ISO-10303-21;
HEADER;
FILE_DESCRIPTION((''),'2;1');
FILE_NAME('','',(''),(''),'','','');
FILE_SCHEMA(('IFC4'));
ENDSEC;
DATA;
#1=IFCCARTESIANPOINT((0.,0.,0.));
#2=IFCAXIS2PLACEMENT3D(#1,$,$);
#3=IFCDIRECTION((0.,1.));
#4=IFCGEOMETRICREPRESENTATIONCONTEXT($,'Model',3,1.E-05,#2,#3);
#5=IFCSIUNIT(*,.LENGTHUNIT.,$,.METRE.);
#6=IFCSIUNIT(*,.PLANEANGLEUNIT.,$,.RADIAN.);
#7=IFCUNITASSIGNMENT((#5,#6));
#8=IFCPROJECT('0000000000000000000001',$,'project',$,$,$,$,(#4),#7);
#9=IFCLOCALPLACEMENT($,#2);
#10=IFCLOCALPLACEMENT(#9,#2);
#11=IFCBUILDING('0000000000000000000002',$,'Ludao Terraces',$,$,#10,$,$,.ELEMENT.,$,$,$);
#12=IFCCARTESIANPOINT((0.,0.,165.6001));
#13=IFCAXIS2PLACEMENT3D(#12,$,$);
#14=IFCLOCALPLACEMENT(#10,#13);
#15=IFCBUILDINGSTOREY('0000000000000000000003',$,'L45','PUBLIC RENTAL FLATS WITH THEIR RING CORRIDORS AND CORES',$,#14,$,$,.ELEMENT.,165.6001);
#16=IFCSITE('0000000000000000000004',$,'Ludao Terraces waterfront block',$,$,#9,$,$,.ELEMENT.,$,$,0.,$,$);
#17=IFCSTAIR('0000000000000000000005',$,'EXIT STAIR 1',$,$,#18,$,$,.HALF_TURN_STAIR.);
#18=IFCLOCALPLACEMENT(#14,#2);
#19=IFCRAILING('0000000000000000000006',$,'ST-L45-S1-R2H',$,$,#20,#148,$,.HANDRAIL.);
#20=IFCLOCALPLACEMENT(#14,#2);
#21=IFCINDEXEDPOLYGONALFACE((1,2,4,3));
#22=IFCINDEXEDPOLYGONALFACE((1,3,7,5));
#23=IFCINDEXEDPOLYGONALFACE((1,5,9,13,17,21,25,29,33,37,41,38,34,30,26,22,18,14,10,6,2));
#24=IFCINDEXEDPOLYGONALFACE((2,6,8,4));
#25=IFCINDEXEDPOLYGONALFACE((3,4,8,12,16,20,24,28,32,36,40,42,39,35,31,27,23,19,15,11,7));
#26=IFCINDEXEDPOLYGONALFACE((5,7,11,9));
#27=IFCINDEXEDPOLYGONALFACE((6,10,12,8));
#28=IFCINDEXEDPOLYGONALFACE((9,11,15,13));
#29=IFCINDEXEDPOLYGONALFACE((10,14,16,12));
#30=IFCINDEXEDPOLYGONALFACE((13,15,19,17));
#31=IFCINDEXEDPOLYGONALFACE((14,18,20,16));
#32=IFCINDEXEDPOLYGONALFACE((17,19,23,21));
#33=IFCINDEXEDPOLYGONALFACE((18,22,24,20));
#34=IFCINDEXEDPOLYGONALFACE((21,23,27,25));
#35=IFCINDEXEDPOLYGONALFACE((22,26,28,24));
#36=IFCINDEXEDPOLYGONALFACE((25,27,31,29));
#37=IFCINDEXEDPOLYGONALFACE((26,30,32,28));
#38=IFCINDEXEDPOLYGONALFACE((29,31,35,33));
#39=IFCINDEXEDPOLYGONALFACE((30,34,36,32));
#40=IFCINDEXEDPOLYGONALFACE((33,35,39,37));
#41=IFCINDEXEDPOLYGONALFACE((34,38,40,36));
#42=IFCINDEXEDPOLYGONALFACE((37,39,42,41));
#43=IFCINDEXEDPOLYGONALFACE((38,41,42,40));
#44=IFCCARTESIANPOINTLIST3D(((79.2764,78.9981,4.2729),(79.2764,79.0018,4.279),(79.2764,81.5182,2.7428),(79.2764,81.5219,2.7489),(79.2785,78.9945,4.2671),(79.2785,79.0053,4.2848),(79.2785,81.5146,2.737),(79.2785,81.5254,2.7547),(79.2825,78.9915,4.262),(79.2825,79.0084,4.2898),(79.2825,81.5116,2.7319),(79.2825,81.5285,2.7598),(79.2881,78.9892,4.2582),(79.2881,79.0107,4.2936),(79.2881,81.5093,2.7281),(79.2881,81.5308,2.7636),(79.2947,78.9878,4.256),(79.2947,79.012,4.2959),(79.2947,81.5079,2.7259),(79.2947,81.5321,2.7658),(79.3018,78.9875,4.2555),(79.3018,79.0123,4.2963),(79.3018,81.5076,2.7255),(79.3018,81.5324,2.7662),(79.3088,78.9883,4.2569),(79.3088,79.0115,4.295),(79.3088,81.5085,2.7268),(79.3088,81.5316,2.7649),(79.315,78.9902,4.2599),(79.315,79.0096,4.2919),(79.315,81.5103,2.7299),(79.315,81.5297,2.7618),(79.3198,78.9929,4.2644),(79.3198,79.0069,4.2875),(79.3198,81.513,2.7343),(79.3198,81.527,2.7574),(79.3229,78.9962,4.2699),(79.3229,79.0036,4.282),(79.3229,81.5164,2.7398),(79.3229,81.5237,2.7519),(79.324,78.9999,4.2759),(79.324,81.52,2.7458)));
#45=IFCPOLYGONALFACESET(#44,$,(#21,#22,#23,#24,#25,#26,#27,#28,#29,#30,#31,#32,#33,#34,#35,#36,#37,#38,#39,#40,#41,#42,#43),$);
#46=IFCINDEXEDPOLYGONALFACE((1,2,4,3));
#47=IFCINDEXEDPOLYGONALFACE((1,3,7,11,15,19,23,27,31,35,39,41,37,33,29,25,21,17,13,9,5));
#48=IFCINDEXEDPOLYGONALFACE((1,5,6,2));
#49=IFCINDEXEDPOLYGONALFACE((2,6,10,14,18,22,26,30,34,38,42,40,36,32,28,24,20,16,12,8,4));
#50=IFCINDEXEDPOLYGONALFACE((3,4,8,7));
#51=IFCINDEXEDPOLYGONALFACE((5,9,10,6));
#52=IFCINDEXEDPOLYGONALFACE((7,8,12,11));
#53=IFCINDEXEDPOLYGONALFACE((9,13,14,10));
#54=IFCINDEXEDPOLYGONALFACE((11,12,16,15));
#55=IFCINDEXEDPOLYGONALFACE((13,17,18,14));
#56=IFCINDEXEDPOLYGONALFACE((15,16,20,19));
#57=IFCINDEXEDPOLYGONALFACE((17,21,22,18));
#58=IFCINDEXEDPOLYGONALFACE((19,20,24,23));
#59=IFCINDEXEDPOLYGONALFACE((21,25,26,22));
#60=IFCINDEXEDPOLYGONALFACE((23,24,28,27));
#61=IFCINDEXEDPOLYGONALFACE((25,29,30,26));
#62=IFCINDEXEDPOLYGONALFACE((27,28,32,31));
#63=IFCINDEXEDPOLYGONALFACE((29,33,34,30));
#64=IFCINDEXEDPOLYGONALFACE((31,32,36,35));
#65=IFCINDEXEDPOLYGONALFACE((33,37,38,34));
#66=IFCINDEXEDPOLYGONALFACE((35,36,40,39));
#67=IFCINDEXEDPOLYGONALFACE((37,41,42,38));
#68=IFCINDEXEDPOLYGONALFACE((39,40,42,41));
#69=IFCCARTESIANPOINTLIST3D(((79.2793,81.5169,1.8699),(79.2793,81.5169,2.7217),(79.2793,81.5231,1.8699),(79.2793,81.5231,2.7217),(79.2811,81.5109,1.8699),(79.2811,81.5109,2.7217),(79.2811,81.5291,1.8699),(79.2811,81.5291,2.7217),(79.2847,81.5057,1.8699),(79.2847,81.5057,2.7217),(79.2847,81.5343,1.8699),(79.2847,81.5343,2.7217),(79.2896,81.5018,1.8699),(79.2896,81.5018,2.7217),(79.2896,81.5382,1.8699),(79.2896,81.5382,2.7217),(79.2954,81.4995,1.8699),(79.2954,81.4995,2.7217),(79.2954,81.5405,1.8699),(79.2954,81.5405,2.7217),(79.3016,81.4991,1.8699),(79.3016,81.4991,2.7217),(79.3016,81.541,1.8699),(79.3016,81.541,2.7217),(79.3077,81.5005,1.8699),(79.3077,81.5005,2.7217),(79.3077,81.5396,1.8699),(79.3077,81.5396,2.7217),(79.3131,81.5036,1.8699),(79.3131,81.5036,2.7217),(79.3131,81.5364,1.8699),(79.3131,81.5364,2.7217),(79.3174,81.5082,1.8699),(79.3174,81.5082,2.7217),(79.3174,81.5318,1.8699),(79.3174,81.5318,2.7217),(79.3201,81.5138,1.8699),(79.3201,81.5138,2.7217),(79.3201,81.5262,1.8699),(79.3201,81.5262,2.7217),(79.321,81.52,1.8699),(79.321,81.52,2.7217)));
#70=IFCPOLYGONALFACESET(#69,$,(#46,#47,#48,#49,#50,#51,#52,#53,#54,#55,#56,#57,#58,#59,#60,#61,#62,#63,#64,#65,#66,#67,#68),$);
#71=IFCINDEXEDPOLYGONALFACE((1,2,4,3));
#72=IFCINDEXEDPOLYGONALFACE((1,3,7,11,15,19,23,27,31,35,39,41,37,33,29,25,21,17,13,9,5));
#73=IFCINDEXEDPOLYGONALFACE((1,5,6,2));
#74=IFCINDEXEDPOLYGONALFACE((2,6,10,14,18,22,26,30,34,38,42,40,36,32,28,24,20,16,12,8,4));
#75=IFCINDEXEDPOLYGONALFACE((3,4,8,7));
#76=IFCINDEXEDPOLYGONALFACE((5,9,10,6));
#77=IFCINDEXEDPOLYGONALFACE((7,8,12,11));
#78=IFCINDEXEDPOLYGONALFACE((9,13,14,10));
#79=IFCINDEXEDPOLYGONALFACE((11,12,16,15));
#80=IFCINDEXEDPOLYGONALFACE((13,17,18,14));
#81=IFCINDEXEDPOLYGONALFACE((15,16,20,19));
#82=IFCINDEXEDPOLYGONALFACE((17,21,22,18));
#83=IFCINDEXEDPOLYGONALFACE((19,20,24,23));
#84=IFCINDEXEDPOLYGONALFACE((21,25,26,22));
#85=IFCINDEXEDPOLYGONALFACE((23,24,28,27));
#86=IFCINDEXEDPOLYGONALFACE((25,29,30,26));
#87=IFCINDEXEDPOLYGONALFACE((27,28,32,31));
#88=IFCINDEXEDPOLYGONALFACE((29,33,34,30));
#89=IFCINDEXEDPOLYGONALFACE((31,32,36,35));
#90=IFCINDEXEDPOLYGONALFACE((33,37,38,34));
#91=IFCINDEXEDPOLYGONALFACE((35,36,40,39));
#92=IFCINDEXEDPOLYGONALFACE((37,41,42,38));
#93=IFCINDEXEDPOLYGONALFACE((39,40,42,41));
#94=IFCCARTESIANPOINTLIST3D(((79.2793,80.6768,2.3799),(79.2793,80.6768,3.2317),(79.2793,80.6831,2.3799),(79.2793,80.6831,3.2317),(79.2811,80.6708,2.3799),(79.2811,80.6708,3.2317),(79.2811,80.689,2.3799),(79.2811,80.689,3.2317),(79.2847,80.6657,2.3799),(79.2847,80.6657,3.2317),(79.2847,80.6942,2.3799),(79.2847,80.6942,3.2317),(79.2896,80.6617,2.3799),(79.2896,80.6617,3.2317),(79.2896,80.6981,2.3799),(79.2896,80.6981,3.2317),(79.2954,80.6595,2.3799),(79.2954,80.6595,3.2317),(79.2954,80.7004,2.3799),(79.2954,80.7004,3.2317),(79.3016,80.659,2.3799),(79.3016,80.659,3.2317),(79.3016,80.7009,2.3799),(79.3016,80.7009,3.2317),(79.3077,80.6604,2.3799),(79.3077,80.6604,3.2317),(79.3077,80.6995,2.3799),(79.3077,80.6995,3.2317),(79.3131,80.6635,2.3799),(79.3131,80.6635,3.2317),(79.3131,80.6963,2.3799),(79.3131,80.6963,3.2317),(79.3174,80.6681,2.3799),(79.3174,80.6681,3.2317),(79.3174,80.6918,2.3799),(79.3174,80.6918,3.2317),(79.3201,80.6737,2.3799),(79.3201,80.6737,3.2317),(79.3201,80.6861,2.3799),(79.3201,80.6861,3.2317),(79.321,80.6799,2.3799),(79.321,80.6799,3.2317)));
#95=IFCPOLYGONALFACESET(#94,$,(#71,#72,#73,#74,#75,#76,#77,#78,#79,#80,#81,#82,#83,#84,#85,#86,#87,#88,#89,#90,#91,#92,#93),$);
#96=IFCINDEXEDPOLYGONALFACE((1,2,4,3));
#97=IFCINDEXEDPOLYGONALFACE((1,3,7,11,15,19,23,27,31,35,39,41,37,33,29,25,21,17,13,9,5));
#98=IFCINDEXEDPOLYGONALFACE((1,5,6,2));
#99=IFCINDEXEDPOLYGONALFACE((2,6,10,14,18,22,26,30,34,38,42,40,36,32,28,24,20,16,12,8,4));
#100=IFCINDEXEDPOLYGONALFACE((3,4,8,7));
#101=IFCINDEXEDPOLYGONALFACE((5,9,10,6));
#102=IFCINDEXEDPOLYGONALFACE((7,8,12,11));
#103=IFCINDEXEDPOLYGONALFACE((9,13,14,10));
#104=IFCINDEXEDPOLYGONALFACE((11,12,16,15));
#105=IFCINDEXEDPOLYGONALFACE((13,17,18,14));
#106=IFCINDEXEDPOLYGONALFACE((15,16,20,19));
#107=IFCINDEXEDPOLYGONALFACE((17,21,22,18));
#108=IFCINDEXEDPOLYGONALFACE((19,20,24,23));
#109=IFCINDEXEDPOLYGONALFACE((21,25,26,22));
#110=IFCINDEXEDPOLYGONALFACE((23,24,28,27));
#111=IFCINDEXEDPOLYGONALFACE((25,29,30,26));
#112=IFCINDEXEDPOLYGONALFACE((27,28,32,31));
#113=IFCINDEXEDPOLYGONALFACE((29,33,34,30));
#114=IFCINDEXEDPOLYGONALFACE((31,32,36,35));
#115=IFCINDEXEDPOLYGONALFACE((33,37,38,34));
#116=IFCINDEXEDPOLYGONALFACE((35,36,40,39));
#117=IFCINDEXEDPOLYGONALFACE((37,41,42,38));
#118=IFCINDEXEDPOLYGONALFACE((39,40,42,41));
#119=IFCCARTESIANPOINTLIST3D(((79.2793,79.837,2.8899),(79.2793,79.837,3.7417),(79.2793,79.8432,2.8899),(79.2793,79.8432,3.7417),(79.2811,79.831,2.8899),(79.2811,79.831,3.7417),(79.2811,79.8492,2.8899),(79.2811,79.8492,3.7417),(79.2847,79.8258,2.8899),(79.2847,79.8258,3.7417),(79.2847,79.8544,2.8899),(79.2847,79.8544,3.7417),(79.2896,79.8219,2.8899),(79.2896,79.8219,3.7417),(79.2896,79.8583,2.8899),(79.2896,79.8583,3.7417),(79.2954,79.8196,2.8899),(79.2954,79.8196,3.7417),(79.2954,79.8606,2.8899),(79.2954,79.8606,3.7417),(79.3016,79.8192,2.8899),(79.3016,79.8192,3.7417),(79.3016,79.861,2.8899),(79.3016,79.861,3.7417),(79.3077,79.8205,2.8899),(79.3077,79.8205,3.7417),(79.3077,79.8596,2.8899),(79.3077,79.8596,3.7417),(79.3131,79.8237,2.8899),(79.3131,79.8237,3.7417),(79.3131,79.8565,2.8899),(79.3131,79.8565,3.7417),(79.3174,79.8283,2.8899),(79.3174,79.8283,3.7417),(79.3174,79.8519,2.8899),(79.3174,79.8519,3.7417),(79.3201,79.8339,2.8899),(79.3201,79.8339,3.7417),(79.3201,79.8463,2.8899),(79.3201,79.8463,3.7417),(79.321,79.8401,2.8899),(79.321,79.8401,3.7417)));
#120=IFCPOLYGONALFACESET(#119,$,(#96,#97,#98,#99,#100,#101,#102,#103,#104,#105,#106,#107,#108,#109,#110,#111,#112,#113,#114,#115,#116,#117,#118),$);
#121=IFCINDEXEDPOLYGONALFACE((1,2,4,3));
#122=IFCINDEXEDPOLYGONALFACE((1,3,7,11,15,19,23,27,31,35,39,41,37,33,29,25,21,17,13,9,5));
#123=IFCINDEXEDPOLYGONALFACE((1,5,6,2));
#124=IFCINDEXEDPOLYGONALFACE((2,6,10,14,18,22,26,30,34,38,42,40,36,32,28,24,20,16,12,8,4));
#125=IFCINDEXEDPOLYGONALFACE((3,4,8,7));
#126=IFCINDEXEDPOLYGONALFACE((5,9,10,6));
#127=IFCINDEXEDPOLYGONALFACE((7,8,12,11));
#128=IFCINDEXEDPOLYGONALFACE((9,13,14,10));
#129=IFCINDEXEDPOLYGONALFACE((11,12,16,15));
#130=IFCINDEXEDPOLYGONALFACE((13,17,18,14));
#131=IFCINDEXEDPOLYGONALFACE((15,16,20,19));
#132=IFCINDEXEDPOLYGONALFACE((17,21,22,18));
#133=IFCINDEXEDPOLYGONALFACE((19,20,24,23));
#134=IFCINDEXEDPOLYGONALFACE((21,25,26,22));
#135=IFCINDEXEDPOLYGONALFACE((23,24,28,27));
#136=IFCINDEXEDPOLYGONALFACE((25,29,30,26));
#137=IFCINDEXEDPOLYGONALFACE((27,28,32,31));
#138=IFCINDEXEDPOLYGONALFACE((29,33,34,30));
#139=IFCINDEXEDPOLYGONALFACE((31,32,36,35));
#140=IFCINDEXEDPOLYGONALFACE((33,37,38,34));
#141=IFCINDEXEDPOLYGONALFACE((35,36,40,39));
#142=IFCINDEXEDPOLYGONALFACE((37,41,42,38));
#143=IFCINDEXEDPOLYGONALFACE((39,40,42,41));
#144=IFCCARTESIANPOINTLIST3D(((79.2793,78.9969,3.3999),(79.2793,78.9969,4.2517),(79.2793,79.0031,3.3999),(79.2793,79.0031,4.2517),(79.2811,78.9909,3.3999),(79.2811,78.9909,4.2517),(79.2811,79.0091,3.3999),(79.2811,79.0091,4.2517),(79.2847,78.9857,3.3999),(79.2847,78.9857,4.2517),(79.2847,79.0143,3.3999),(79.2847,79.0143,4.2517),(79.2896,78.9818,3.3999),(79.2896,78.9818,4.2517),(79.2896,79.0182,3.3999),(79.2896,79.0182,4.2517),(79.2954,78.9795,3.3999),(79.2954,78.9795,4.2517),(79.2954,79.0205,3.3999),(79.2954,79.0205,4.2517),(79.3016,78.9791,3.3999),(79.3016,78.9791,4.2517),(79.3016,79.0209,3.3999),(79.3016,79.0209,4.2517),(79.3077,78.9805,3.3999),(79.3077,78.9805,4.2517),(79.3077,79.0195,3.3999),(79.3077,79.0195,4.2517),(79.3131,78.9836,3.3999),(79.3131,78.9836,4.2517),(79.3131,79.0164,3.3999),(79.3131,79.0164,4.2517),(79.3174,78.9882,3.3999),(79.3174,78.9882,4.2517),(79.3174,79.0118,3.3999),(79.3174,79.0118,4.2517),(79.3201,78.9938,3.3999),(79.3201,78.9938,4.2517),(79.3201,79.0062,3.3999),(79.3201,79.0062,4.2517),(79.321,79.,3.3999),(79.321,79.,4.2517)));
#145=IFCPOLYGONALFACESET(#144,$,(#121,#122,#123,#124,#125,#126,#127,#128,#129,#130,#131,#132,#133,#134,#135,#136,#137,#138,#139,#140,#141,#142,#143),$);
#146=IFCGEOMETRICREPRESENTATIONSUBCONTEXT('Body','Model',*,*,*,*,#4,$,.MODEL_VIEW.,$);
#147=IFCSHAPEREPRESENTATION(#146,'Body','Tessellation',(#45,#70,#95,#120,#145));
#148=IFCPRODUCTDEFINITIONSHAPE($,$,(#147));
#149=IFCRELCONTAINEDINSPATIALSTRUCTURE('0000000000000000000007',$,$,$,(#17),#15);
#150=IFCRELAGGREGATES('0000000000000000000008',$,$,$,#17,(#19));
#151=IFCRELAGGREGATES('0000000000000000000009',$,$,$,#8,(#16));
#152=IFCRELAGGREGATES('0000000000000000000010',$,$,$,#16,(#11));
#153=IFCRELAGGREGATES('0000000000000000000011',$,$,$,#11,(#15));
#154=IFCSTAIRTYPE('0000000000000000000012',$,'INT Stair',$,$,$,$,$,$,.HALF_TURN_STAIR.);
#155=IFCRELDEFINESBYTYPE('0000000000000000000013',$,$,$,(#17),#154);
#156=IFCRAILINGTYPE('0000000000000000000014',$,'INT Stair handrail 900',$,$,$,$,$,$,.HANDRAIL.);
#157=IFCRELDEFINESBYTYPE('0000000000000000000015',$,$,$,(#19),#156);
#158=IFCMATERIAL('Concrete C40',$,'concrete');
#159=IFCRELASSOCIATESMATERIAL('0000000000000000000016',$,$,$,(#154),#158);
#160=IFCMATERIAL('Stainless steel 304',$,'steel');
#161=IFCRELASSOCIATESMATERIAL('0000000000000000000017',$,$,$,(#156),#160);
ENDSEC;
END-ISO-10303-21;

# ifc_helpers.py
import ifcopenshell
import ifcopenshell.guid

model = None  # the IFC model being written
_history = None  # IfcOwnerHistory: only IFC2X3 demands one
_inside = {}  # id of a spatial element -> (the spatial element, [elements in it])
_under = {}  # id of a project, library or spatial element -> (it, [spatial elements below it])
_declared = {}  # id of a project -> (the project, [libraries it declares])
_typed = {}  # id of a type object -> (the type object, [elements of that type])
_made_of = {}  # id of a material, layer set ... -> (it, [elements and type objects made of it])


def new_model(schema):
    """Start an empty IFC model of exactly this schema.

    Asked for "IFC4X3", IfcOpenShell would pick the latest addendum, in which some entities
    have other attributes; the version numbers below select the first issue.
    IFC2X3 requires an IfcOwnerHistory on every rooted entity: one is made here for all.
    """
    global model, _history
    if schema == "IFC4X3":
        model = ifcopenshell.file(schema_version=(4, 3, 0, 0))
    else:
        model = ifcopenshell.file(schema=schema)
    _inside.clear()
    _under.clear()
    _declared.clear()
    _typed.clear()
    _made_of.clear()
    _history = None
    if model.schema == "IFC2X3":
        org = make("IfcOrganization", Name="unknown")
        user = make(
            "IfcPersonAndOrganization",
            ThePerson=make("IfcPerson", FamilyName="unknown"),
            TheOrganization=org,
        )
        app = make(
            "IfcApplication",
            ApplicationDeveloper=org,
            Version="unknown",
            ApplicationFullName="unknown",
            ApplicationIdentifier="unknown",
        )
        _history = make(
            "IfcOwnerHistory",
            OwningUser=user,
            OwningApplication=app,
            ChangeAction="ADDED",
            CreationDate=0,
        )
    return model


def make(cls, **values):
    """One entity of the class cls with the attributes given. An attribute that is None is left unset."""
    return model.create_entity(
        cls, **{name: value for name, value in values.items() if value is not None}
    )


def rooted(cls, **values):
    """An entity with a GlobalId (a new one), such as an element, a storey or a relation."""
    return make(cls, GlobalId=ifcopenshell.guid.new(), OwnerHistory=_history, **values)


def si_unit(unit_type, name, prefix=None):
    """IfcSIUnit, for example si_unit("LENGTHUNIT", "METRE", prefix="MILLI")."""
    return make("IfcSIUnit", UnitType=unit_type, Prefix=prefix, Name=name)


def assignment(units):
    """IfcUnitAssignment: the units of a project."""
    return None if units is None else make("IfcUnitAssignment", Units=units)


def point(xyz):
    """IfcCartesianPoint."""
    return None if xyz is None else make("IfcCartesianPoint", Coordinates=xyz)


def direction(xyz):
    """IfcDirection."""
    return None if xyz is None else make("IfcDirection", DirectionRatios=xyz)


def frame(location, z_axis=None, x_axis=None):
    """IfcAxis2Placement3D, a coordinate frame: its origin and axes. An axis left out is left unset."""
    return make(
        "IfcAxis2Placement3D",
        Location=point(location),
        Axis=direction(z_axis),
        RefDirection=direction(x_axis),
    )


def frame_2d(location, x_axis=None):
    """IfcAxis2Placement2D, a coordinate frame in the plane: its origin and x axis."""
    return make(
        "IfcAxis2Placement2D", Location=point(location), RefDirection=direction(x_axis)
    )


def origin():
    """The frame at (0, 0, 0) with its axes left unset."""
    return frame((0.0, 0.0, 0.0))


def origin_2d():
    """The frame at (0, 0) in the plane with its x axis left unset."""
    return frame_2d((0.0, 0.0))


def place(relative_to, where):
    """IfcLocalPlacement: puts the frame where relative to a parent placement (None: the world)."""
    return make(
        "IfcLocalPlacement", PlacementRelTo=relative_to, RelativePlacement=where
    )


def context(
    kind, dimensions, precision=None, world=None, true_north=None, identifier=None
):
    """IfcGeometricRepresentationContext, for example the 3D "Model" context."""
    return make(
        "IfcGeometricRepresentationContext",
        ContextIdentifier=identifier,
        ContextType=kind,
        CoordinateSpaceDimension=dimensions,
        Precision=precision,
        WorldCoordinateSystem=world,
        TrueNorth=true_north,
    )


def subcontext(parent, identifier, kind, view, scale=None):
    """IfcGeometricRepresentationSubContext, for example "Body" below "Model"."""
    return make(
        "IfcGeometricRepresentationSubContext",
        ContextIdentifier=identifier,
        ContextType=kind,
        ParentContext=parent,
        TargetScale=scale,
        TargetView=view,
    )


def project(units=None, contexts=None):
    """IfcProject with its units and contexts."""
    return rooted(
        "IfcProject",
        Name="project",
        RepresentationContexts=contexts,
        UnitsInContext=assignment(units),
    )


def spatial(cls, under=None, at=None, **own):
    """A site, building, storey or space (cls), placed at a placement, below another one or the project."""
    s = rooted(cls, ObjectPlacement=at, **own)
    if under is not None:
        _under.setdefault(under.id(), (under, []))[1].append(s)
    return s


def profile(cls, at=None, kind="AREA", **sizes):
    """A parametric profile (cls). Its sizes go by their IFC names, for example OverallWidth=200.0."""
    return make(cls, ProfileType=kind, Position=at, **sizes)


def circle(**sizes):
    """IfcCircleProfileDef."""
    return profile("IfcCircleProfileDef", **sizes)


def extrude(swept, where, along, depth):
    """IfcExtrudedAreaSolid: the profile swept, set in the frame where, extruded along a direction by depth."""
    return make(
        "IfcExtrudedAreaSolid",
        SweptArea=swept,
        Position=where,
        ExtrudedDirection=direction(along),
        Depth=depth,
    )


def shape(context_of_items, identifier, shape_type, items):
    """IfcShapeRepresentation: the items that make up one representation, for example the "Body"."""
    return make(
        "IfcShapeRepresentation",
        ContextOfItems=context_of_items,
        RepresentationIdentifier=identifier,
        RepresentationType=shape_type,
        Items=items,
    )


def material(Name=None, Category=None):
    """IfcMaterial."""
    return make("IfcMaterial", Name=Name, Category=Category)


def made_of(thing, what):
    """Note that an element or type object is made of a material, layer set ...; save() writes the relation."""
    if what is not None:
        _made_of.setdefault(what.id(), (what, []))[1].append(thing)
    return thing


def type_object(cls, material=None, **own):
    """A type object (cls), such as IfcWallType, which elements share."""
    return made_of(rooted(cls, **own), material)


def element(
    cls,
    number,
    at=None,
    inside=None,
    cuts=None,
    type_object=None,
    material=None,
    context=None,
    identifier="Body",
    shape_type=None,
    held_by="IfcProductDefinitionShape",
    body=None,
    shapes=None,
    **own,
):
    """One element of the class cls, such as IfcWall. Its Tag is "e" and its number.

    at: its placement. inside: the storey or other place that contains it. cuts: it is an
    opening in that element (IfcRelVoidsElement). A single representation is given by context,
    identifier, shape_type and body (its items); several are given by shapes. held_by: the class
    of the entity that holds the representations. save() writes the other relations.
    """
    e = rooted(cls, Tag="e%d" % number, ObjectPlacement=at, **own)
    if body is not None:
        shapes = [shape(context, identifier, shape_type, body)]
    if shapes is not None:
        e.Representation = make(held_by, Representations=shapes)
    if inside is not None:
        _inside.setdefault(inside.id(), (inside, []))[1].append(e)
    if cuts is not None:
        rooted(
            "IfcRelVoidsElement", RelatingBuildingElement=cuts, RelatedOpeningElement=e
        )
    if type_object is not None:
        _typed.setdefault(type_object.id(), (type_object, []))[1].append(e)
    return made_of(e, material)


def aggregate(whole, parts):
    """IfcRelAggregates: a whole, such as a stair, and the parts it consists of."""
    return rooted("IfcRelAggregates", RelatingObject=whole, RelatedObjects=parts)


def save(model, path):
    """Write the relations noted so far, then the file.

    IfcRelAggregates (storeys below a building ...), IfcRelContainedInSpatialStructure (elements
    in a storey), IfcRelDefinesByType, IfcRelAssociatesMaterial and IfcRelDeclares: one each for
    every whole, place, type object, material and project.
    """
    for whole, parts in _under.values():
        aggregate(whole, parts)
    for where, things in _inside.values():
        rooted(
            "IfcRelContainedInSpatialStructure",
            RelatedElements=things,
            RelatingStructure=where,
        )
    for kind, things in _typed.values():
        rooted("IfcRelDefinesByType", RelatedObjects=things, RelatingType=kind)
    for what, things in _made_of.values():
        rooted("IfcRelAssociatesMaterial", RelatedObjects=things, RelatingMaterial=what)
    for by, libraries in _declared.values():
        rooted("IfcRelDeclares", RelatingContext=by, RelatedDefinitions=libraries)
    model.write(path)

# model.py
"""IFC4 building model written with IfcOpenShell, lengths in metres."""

from ifc_helpers import new_model, si_unit, direction, frame, origin, origin_2d, place, context, subcontext, project, spatial, circle, extrude, material, type_object, element, aggregate, save


model = new_model("IFC4")

# Units and contexts
model_context = context("Model", 3, precision=1e-05, world=origin(), true_north=direction((0.0, 1.0)))
body_context = subcontext(model_context, "Body", "Model", "MODEL_VIEW")
ifc_project = project(units=[si_unit("LENGTHUNIT", "METRE"), si_unit("PLANEANGLEUNIT", "RADIAN")], contexts=[model_context])

# Site, building, storey
site_placement = place(None, origin())
site = spatial("IfcSite", under=ifc_project, at=site_placement, Name="Ludao Terraces waterfront block", CompositionType="ELEMENT", RefElevation=0.0)
building_placement = place(site_placement, origin())
building = spatial("IfcBuilding", under=site, at=building_placement, Name="Ludao Terraces", CompositionType="ELEMENT")
storey_placement = place(building_placement, frame((0.0, 0.0, 165.6001)))
storey = spatial("IfcBuildingStorey", under=building, at=storey_placement, Name="L45", Description="PUBLIC RENTAL FLATS WITH THEIR RING CORRIDORS AND CORES", CompositionType="ELEMENT", Elevation=165.6001)

# Shared definitions
ifc_material_1 = material(Name="Stainless steel 304", Category="steel")

# Stair, railing
ifc_material_2 = material(Name="Concrete C40", Category="concrete")
stair_type = type_object("IfcStairType", Name="INT Stair", PredefinedType="HALF_TURN_STAIR", material=ifc_material_2)
stair_placement = place(storey_placement, origin())
stair = element("IfcStair", 1, at=stair_placement, inside=storey, type_object=stair_type, Name="EXIT STAIR 1", PredefinedType="HALF_TURN_STAIR")
railing_type_1 = type_object("IfcRailingType", Name="INT Stair handrail 900", PredefinedType="HANDRAIL", material=ifc_material_1)
railing_1_placement = place(storey_placement, frame((79.3, 81.52, 1.8699)))
railing_1 = element("IfcRailing", 2, at=railing_1_placement, type_object=railing_type_1, Name="ST-L45-S1-R2H", PredefinedType="HANDRAIL", context=body_context, shape_type="SweptSolid", body=[
    extrude(circle(Radius=0.0239, at=origin_2d()), frame((0.0, 0.0, 0.876), z_axis=(0.0, -0.854785, 0.518982), x_axis=(1.0, 0.0, 0.0)), (0.0, 0.0, 1.0), 2.9482),
    extrude(circle(Radius=0.021, at=origin_2d()), origin(), (0.0, 0.0, 1.0), 0.8518),
    extrude(circle(Radius=0.021, at=origin_2d()), frame((0.0, -0.8401, 0.51)), (0.0, 0.0, 1.0), 0.8518),
    extrude(circle(Radius=0.021, at=origin_2d()), frame((0.0, -1.6799, 1.02)), (0.0, 0.0, 1.0), 0.8518),
    extrude(circle(Radius=0.021, at=origin_2d()), frame((0.0, -2.52, 1.53)), (0.0, 0.0, 1.0), 0.8518),
])
aggregate(stair, [railing_1])

save(model, "model.ifc")
